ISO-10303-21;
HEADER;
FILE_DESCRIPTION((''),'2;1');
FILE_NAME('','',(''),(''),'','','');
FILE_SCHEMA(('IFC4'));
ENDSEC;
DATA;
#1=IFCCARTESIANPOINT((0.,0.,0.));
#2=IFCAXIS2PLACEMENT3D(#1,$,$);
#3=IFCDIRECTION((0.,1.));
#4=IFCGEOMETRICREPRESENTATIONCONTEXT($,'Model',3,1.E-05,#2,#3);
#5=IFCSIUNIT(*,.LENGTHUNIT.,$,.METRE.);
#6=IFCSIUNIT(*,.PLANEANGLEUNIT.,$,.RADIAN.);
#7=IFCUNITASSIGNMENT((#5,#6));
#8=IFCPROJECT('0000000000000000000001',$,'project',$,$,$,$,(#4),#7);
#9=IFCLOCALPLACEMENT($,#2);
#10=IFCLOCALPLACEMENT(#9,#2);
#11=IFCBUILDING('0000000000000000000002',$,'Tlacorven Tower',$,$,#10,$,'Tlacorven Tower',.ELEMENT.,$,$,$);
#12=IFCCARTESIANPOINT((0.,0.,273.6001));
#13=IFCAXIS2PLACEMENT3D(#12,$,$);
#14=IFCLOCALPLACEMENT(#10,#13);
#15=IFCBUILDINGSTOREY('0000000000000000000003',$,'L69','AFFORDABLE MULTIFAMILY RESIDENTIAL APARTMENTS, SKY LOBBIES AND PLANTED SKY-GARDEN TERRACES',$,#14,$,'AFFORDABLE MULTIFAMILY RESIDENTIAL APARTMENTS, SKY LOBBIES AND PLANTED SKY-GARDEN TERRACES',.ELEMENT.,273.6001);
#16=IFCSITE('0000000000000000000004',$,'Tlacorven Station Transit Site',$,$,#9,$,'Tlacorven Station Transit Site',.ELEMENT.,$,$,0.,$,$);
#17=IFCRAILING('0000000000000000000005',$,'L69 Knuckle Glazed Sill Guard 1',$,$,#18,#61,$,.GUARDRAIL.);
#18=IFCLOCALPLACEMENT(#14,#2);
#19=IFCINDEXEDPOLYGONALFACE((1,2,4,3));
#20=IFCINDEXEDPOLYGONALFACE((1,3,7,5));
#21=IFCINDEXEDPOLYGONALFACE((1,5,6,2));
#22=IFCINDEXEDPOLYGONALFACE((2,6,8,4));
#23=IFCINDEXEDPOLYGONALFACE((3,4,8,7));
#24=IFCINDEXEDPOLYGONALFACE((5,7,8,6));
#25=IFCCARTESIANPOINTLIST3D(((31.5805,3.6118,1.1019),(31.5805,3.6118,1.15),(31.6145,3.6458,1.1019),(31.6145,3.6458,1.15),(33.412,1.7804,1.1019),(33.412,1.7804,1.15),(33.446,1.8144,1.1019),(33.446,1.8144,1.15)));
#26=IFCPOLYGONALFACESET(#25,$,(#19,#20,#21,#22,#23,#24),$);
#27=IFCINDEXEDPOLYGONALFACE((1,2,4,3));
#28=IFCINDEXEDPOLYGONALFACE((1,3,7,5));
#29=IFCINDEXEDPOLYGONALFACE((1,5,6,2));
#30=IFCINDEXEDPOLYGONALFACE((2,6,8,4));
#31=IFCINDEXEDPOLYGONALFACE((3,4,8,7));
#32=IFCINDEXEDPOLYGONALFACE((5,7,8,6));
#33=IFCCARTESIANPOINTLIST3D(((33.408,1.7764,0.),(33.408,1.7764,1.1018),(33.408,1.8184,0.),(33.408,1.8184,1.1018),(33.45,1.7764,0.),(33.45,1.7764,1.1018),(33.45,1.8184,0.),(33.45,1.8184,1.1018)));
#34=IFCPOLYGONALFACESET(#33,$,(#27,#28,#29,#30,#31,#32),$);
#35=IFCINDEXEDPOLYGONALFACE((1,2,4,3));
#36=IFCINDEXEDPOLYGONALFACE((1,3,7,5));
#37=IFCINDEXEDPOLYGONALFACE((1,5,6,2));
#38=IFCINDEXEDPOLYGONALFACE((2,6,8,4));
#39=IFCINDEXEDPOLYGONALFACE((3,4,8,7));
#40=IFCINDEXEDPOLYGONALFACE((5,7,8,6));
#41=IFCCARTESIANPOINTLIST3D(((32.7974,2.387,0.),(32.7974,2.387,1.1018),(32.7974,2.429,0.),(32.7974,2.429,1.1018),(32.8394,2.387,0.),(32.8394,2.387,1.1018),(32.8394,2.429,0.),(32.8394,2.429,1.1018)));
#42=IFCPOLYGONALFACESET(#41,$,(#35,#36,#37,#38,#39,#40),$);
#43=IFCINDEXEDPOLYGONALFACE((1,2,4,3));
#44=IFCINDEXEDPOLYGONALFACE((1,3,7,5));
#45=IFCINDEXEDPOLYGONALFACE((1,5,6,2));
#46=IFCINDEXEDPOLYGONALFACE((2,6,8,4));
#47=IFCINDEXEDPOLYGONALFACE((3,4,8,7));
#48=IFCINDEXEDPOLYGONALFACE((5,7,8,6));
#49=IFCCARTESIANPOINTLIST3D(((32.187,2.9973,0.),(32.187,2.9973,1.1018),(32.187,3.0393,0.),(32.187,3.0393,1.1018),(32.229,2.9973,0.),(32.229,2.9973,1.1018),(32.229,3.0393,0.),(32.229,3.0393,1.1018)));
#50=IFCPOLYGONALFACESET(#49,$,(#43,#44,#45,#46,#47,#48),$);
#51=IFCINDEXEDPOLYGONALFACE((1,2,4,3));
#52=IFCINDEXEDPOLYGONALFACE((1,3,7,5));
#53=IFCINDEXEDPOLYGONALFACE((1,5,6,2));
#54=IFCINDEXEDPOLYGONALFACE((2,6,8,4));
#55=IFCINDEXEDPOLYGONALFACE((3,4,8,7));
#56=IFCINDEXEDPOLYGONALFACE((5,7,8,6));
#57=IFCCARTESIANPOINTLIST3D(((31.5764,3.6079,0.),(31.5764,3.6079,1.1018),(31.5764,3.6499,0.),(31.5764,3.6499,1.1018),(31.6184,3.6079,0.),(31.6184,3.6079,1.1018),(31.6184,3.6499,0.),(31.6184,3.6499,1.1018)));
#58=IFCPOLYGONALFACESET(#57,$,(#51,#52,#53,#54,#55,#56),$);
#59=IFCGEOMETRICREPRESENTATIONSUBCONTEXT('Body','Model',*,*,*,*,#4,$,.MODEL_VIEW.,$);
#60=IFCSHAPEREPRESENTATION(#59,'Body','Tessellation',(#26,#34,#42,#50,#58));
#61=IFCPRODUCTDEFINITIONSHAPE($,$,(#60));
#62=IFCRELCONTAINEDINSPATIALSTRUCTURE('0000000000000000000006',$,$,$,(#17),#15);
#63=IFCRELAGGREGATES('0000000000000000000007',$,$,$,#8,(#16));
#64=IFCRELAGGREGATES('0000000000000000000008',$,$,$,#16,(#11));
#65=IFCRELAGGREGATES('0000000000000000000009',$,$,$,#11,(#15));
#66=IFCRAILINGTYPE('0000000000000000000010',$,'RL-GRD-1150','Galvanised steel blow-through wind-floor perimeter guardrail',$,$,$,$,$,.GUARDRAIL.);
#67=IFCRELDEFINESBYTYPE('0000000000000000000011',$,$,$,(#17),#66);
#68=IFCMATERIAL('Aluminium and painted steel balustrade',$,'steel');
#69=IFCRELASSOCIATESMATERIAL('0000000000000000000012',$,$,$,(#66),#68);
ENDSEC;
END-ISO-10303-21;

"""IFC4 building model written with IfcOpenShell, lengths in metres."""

from ifc_helpers import new_model, si_unit, direction, frame, origin, origin_2d, place, context, subcontext, project, spatial, rectangle, extrude, source, transform, mapped, material, type_object, element, save


model = new_model("IFC4")

# Units and contexts
model_context = context("Model", 3, precision=1e-05, world=origin(), true_north=direction((0.0, 1.0)))
body_context = subcontext(model_context, "Body", "Model", "MODEL_VIEW")
ifc_project = project(units=[si_unit("LENGTHUNIT", "METRE"), si_unit("PLANEANGLEUNIT", "RADIAN")], contexts=[model_context])

# Site, building, storey
site_placement = place(None, origin())
site = spatial("IfcSite", under=ifc_project, at=site_placement, Name="Tlacorven Station Transit Site", LongName="Tlacorven Station Transit Site", CompositionType="ELEMENT", RefElevation=0.0)
building_placement = place(site_placement, origin())
building = spatial("IfcBuilding", under=site, at=building_placement, Name="Tlacorven Tower", LongName="Tlacorven Tower", CompositionType="ELEMENT")
storey_placement = place(building_placement, frame((0.0, 0.0, 273.6001)))
storey = spatial("IfcBuildingStorey", under=building, at=storey_placement, Name="L69", Description="AFFORDABLE MULTIFAMILY RESIDENTIAL APARTMENTS, SKY LOBBIES AND PLANTED SKY-GARDEN TERRACES", LongName="AFFORDABLE MULTIFAMILY RESIDENTIAL APARTMENTS, SKY LOBBIES AND PLANTED SKY-GARDEN TERRACES", CompositionType="ELEMENT", Elevation=273.6001)

# Railing
ifc_material_1 = material(Name="Aluminium and painted steel balustrade", Category="steel")
railing_type = type_object("IfcRailingType", Name="RL-GRD-1150", Description="Galvanised steel blow-through wind-floor perimeter guardrail", PredefinedType="GUARDRAIL", material=ifc_material_1)
shared_shape_1 = source(origin(), body_context, "Body", "SweptSolid", [
    extrude(rectangle(XDim=0.0481, YDim=0.0481, at=origin_2d()), frame((0.0, 0.0, 1.126), z_axis=(-0.707107, 0.707107, 0.0), x_axis=(-0.707107, -0.707107, 0.0)), (0.0, 0.0, 1.0), 2.5901),
    extrude(rectangle(XDim=0.042, YDim=0.042, at=origin_2d()), origin(), (0.0, 0.0, 1.0), 1.1018),
    extrude(rectangle(XDim=0.042, YDim=0.042, at=origin_2d()), frame((-0.6106, 0.6106, 0.0)), (0.0, 0.0, 1.0), 1.1018),
    extrude(rectangle(XDim=0.042, YDim=0.042, at=origin_2d()), frame((-1.2209, 1.2209, 0.0)), (0.0, 0.0, 1.0), 1.1018),
    extrude(rectangle(XDim=0.042, YDim=0.042, at=origin_2d()), frame((-1.8315, 1.8315, 0.0)), (0.0, 0.0, 1.0), 1.1018),
])
railing_placement = place(storey_placement, frame((33.429, 1.7974, 0.0)))
element("IfcRailing", 1, at=railing_placement, inside=storey, type_object=railing_type, Name="L69 Knuckle Glazed Sill Guard 1", PredefinedType="GUARDRAIL", context=body_context, shape_type="MappedRepresentation", body=[
    mapped(shared_shape_1, transform((0.0, 0.0, 0.0), scale=1.0)),
])

save(model, "model.ifc")
